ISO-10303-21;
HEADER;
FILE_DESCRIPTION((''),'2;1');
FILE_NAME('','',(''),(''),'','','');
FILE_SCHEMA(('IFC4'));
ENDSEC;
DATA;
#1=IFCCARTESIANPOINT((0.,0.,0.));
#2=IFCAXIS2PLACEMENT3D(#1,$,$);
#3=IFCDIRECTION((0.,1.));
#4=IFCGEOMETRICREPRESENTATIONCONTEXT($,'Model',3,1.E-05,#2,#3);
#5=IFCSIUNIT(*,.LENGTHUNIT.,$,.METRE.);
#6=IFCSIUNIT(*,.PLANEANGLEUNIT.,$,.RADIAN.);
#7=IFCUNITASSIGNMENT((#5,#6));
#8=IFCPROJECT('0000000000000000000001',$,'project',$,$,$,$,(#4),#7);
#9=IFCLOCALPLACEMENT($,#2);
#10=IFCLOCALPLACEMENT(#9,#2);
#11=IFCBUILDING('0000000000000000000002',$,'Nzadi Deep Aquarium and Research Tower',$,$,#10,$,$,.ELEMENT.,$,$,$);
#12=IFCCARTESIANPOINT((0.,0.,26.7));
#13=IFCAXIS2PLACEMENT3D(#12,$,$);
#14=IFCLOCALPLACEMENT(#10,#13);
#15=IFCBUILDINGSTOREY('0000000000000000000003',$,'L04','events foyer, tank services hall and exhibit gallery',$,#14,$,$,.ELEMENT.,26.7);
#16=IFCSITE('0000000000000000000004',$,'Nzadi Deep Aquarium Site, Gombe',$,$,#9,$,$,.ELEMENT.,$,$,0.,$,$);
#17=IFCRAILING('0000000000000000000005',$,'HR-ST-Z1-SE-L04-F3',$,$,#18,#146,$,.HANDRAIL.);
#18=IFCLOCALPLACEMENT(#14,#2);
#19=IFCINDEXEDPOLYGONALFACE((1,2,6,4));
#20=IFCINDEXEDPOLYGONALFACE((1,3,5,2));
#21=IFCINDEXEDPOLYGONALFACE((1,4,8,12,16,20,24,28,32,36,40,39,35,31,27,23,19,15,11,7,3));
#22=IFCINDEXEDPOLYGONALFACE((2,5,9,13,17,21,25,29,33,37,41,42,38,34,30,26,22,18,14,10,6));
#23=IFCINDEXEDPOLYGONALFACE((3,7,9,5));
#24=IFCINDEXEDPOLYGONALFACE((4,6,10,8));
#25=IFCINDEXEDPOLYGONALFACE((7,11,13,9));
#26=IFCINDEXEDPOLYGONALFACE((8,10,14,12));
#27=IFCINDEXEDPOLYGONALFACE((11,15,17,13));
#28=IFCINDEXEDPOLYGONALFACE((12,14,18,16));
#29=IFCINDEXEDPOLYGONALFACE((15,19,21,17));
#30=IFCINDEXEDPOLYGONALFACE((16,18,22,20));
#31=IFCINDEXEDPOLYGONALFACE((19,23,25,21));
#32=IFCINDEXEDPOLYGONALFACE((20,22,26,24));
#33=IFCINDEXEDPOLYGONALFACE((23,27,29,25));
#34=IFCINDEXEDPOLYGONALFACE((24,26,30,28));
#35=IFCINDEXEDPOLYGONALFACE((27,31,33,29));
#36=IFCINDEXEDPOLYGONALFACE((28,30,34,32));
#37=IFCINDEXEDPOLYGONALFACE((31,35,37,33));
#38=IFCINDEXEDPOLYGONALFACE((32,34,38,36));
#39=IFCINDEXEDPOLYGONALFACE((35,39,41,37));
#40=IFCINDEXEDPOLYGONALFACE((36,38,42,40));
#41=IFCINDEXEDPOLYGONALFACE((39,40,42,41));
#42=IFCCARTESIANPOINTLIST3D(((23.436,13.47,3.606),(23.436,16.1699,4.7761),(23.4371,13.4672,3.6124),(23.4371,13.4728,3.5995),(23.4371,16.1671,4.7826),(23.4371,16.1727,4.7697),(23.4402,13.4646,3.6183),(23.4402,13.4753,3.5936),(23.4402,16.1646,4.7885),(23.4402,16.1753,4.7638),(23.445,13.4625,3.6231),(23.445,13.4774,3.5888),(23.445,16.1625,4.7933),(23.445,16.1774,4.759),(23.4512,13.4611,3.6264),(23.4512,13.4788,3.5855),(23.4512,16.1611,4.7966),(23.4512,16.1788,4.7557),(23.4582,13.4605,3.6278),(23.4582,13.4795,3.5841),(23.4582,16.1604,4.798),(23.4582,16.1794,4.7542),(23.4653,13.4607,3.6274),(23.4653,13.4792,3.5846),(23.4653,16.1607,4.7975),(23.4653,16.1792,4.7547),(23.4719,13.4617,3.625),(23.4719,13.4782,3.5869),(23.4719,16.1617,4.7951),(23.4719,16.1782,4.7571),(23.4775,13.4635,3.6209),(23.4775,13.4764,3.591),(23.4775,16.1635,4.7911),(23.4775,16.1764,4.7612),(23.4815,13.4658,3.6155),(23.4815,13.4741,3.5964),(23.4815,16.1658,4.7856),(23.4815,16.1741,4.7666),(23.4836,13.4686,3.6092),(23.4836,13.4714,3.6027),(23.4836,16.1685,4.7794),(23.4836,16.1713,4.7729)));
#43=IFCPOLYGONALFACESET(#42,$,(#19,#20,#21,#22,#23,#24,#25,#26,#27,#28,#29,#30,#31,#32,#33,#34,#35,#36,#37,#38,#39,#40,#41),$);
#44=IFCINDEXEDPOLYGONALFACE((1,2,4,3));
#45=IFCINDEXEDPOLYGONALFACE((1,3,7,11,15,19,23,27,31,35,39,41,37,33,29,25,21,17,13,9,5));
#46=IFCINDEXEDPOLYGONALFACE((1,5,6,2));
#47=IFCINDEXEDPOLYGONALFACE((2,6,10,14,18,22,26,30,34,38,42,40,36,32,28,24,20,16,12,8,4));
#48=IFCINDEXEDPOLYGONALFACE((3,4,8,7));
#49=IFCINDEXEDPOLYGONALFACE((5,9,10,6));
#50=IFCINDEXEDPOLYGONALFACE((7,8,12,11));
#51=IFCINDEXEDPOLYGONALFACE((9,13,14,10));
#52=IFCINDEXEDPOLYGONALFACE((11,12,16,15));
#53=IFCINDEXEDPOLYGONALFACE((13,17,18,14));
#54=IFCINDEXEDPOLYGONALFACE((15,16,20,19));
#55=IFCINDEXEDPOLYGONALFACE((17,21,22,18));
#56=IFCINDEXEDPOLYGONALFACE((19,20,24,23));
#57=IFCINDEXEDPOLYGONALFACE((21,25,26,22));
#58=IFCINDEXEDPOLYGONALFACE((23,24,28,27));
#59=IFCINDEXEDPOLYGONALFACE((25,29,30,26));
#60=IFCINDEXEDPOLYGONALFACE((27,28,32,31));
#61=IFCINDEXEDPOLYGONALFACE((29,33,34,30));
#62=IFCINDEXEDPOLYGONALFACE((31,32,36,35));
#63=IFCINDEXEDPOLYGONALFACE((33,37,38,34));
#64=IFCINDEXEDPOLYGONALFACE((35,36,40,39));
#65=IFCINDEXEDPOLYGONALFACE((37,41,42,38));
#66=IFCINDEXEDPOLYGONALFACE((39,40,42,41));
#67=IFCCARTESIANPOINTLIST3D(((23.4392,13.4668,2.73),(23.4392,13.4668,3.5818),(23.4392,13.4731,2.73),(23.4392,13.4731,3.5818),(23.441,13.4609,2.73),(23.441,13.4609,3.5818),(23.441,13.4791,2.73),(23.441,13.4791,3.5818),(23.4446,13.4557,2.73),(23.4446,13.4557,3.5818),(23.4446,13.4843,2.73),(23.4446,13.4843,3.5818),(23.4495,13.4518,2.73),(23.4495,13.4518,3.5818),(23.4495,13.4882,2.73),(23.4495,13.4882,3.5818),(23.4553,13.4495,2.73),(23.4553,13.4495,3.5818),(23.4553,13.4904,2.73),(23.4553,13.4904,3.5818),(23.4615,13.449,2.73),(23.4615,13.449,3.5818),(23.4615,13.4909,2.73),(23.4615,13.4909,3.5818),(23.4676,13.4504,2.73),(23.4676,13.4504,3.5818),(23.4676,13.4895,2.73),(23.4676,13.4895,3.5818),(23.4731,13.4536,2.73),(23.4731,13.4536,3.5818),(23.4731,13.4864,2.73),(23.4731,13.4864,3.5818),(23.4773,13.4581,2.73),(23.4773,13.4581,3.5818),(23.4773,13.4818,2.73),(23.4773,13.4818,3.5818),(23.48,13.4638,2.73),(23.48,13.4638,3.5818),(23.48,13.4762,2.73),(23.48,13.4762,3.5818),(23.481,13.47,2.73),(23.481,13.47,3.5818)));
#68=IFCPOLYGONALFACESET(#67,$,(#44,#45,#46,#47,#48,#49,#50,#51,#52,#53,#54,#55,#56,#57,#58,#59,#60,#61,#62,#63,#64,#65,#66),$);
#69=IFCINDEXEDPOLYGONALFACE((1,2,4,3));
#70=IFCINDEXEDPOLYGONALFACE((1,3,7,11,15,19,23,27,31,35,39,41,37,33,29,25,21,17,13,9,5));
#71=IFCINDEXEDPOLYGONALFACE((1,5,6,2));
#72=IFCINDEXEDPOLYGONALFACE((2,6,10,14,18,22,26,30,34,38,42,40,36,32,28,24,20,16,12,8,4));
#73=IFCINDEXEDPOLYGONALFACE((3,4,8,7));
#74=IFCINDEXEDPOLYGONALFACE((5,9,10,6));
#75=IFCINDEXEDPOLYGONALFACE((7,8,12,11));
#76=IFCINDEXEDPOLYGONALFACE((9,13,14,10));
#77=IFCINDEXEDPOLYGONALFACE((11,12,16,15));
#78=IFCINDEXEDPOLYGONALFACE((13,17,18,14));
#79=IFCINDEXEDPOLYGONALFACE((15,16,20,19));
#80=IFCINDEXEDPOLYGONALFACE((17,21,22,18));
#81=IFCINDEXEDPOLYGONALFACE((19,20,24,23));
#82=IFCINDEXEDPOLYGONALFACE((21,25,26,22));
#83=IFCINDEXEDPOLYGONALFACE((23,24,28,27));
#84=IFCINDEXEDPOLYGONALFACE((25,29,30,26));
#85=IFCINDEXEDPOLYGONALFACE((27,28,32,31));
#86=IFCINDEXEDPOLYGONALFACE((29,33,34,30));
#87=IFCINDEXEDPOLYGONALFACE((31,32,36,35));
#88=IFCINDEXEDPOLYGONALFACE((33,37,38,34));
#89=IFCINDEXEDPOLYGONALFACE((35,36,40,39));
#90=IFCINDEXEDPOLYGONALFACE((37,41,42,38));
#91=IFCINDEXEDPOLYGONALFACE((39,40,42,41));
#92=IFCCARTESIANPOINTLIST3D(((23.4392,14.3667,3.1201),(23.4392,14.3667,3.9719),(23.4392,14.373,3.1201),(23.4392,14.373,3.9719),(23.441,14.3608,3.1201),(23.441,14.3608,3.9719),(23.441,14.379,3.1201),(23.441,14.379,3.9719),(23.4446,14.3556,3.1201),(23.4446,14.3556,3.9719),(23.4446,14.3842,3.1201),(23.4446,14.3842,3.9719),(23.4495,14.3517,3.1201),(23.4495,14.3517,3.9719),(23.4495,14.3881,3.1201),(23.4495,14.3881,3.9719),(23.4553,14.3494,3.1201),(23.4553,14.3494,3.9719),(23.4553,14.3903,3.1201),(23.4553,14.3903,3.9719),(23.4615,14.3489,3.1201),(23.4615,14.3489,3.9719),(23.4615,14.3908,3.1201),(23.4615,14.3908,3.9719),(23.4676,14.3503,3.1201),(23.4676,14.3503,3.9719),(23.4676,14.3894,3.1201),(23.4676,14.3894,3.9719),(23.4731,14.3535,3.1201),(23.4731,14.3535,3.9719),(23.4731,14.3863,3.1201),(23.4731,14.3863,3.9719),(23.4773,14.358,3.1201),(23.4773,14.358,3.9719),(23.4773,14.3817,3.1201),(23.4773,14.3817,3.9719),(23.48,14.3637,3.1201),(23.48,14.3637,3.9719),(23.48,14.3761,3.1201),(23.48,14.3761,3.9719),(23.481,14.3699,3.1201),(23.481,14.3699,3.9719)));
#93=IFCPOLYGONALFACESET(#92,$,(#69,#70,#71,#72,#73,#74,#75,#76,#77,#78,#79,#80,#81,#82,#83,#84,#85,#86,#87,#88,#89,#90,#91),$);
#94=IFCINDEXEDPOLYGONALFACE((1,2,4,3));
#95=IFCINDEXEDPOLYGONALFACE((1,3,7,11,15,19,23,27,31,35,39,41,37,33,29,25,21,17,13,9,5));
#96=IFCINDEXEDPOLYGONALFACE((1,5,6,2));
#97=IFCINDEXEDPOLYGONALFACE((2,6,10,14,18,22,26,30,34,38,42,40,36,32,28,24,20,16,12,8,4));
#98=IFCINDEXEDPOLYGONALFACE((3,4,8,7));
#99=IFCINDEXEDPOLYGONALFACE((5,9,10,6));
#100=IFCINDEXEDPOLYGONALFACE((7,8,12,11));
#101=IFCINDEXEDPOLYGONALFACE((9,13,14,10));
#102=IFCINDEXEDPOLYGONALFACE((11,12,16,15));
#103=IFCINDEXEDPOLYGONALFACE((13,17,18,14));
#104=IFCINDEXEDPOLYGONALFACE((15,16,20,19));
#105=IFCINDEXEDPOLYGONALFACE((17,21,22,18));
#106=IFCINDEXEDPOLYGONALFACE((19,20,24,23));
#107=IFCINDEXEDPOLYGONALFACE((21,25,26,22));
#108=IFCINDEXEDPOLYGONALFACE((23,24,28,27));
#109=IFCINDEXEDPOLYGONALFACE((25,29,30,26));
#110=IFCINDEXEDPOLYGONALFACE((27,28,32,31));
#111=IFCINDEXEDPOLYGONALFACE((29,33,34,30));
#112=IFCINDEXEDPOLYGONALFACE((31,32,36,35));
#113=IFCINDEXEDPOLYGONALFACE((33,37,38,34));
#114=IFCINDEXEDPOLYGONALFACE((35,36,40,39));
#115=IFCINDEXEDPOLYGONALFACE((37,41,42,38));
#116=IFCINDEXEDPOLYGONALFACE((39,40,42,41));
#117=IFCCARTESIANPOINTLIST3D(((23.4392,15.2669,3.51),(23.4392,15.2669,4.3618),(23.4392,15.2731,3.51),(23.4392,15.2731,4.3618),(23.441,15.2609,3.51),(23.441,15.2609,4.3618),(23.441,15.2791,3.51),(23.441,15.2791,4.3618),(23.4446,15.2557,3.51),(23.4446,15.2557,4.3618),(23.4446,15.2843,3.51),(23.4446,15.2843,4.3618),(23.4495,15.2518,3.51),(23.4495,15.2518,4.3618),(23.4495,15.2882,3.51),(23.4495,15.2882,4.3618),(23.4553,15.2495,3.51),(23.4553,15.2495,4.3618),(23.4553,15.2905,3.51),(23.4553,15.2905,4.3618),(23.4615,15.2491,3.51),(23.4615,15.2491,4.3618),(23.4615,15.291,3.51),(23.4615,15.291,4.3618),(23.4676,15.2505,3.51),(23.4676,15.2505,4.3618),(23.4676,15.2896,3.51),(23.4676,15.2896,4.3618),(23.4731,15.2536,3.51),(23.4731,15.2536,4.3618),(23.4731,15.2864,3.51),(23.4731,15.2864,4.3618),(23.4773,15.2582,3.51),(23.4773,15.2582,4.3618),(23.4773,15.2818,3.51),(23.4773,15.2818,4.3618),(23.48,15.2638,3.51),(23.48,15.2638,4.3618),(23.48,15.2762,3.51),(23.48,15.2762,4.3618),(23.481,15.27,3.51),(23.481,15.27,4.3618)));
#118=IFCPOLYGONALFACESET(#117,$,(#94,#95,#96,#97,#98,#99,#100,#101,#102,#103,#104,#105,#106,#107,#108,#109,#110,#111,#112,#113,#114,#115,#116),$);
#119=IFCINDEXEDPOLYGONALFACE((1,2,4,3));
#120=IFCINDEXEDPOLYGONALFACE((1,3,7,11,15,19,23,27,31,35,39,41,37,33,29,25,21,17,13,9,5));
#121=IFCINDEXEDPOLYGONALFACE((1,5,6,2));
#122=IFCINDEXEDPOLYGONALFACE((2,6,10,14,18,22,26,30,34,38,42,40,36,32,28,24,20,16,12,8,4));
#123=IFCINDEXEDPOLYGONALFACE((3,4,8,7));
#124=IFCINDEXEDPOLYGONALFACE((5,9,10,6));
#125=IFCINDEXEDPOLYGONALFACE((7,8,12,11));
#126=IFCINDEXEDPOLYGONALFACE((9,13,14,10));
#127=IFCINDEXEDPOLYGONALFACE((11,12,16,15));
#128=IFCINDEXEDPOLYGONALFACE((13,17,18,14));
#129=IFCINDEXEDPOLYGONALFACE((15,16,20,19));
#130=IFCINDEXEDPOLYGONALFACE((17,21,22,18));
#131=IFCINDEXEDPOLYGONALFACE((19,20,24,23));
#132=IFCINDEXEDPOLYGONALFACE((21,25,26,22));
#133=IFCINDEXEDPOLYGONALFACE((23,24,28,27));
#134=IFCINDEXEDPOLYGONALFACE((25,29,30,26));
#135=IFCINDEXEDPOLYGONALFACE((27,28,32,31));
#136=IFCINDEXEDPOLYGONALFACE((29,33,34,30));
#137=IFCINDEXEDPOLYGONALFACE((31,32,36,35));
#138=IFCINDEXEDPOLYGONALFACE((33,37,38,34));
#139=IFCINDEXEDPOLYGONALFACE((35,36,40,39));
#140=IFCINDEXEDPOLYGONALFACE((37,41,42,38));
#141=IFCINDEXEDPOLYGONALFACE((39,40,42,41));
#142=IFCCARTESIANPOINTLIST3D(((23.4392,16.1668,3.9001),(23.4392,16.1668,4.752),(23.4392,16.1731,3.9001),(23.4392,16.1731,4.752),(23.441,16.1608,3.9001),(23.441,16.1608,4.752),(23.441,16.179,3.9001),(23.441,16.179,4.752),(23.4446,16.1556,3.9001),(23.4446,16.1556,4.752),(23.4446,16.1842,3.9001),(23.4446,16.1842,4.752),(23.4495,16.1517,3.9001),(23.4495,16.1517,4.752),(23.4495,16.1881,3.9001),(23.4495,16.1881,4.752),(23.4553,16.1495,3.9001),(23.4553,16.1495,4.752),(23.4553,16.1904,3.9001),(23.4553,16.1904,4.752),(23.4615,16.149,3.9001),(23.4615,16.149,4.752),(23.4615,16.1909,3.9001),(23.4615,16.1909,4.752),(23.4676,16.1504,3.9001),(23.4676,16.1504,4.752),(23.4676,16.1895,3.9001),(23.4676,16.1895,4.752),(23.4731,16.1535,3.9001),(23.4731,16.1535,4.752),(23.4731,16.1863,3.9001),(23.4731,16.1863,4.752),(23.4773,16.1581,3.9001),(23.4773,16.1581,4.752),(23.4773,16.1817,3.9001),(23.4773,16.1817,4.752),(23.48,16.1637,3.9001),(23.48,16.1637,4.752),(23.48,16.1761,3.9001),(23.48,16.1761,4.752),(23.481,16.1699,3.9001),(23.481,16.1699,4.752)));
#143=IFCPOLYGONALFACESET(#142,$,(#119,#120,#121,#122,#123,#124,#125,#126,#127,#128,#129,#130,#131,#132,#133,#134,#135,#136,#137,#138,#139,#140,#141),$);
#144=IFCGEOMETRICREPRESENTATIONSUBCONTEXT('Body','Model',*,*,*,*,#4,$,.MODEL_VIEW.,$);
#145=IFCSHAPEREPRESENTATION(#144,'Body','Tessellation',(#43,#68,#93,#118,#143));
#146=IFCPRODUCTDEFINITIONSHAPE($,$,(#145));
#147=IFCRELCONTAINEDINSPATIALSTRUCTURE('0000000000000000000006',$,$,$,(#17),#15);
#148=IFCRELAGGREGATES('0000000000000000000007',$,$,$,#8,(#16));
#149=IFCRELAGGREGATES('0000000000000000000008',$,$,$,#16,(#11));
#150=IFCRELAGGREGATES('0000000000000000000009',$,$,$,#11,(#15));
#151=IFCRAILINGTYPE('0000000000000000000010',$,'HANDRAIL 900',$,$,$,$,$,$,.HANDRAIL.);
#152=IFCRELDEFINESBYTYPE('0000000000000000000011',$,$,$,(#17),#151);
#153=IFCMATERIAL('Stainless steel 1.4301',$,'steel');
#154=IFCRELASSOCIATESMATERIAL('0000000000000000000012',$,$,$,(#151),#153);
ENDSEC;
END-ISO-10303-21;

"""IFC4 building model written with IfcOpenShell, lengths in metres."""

from ifc_helpers import new_model, si_unit, direction, frame, origin, origin_2d, place, context, subcontext, project, spatial, circle, extrude, material, type_object, element, save


model = new_model("IFC4")

# Units and contexts
model_context = context("Model", 3, precision=1e-05, world=origin(), true_north=direction((0.0, 1.0)))
body_context = subcontext(model_context, "Body", "Model", "MODEL_VIEW")
ifc_project = project(units=[si_unit("LENGTHUNIT", "METRE"), si_unit("PLANEANGLEUNIT", "RADIAN")], contexts=[model_context])

# Site, building, storey
site_placement = place(None, origin())
site = spatial("IfcSite", under=ifc_project, at=site_placement, Name="Nzadi Deep Aquarium Site, Gombe", CompositionType="ELEMENT", RefElevation=0.0)
building_placement = place(site_placement, origin())
building = spatial("IfcBuilding", under=site, at=building_placement, Name="Nzadi Deep Aquarium and Research Tower", CompositionType="ELEMENT")
storey_placement = place(building_placement, frame((0.0, 0.0, 26.7)))
storey = spatial("IfcBuildingStorey", under=building, at=storey_placement, Name="L04", Description="events foyer, tank services hall and exhibit gallery", CompositionType="ELEMENT", Elevation=26.7)

# Railing
ifc_material_1 = material(Name="Stainless steel 1.4301", Category="steel")
railing_type = type_object("IfcRailingType", Name="HANDRAIL 900", PredefinedType="HANDRAIL", material=ifc_material_1)
for number, where, name in (
    (1, (23.46, 13.47, 2.73), "HR-ST-Z1-SE-L04-F3"),
):
    element("IfcRailing", number, at=place(storey_placement, frame(where)), inside=storey, type_object=railing_type, Name=name, PredefinedType="HANDRAIL", context=body_context, shape_type="SweptSolid", body=[
        extrude(circle(Radius=0.0239, at=origin_2d()), frame((0.0, 0.0, 0.876), z_axis=(0.0, 0.917532, 0.397661), x_axis=(-1.0, 0.0, 0.0)), (0.0, 0.0, 1.0), 2.9426),
        extrude(circle(Radius=0.021, at=origin_2d()), origin(), (0.0, 0.0, 1.0), 0.8518),
        extrude(circle(Radius=0.021, at=origin_2d()), frame((0.0, 0.8999, 0.3901)), (0.0, 0.0, 1.0), 0.8518),
        extrude(circle(Radius=0.021, at=origin_2d()), frame((0.0, 1.8, 0.78)), (0.0, 0.0, 1.0), 0.8518),
        extrude(circle(Radius=0.021, at=origin_2d()), frame((0.0, 2.7, 1.1702)), (0.0, 0.0, 1.0), 0.8518),
    ])

save(model, "model.ifc")
